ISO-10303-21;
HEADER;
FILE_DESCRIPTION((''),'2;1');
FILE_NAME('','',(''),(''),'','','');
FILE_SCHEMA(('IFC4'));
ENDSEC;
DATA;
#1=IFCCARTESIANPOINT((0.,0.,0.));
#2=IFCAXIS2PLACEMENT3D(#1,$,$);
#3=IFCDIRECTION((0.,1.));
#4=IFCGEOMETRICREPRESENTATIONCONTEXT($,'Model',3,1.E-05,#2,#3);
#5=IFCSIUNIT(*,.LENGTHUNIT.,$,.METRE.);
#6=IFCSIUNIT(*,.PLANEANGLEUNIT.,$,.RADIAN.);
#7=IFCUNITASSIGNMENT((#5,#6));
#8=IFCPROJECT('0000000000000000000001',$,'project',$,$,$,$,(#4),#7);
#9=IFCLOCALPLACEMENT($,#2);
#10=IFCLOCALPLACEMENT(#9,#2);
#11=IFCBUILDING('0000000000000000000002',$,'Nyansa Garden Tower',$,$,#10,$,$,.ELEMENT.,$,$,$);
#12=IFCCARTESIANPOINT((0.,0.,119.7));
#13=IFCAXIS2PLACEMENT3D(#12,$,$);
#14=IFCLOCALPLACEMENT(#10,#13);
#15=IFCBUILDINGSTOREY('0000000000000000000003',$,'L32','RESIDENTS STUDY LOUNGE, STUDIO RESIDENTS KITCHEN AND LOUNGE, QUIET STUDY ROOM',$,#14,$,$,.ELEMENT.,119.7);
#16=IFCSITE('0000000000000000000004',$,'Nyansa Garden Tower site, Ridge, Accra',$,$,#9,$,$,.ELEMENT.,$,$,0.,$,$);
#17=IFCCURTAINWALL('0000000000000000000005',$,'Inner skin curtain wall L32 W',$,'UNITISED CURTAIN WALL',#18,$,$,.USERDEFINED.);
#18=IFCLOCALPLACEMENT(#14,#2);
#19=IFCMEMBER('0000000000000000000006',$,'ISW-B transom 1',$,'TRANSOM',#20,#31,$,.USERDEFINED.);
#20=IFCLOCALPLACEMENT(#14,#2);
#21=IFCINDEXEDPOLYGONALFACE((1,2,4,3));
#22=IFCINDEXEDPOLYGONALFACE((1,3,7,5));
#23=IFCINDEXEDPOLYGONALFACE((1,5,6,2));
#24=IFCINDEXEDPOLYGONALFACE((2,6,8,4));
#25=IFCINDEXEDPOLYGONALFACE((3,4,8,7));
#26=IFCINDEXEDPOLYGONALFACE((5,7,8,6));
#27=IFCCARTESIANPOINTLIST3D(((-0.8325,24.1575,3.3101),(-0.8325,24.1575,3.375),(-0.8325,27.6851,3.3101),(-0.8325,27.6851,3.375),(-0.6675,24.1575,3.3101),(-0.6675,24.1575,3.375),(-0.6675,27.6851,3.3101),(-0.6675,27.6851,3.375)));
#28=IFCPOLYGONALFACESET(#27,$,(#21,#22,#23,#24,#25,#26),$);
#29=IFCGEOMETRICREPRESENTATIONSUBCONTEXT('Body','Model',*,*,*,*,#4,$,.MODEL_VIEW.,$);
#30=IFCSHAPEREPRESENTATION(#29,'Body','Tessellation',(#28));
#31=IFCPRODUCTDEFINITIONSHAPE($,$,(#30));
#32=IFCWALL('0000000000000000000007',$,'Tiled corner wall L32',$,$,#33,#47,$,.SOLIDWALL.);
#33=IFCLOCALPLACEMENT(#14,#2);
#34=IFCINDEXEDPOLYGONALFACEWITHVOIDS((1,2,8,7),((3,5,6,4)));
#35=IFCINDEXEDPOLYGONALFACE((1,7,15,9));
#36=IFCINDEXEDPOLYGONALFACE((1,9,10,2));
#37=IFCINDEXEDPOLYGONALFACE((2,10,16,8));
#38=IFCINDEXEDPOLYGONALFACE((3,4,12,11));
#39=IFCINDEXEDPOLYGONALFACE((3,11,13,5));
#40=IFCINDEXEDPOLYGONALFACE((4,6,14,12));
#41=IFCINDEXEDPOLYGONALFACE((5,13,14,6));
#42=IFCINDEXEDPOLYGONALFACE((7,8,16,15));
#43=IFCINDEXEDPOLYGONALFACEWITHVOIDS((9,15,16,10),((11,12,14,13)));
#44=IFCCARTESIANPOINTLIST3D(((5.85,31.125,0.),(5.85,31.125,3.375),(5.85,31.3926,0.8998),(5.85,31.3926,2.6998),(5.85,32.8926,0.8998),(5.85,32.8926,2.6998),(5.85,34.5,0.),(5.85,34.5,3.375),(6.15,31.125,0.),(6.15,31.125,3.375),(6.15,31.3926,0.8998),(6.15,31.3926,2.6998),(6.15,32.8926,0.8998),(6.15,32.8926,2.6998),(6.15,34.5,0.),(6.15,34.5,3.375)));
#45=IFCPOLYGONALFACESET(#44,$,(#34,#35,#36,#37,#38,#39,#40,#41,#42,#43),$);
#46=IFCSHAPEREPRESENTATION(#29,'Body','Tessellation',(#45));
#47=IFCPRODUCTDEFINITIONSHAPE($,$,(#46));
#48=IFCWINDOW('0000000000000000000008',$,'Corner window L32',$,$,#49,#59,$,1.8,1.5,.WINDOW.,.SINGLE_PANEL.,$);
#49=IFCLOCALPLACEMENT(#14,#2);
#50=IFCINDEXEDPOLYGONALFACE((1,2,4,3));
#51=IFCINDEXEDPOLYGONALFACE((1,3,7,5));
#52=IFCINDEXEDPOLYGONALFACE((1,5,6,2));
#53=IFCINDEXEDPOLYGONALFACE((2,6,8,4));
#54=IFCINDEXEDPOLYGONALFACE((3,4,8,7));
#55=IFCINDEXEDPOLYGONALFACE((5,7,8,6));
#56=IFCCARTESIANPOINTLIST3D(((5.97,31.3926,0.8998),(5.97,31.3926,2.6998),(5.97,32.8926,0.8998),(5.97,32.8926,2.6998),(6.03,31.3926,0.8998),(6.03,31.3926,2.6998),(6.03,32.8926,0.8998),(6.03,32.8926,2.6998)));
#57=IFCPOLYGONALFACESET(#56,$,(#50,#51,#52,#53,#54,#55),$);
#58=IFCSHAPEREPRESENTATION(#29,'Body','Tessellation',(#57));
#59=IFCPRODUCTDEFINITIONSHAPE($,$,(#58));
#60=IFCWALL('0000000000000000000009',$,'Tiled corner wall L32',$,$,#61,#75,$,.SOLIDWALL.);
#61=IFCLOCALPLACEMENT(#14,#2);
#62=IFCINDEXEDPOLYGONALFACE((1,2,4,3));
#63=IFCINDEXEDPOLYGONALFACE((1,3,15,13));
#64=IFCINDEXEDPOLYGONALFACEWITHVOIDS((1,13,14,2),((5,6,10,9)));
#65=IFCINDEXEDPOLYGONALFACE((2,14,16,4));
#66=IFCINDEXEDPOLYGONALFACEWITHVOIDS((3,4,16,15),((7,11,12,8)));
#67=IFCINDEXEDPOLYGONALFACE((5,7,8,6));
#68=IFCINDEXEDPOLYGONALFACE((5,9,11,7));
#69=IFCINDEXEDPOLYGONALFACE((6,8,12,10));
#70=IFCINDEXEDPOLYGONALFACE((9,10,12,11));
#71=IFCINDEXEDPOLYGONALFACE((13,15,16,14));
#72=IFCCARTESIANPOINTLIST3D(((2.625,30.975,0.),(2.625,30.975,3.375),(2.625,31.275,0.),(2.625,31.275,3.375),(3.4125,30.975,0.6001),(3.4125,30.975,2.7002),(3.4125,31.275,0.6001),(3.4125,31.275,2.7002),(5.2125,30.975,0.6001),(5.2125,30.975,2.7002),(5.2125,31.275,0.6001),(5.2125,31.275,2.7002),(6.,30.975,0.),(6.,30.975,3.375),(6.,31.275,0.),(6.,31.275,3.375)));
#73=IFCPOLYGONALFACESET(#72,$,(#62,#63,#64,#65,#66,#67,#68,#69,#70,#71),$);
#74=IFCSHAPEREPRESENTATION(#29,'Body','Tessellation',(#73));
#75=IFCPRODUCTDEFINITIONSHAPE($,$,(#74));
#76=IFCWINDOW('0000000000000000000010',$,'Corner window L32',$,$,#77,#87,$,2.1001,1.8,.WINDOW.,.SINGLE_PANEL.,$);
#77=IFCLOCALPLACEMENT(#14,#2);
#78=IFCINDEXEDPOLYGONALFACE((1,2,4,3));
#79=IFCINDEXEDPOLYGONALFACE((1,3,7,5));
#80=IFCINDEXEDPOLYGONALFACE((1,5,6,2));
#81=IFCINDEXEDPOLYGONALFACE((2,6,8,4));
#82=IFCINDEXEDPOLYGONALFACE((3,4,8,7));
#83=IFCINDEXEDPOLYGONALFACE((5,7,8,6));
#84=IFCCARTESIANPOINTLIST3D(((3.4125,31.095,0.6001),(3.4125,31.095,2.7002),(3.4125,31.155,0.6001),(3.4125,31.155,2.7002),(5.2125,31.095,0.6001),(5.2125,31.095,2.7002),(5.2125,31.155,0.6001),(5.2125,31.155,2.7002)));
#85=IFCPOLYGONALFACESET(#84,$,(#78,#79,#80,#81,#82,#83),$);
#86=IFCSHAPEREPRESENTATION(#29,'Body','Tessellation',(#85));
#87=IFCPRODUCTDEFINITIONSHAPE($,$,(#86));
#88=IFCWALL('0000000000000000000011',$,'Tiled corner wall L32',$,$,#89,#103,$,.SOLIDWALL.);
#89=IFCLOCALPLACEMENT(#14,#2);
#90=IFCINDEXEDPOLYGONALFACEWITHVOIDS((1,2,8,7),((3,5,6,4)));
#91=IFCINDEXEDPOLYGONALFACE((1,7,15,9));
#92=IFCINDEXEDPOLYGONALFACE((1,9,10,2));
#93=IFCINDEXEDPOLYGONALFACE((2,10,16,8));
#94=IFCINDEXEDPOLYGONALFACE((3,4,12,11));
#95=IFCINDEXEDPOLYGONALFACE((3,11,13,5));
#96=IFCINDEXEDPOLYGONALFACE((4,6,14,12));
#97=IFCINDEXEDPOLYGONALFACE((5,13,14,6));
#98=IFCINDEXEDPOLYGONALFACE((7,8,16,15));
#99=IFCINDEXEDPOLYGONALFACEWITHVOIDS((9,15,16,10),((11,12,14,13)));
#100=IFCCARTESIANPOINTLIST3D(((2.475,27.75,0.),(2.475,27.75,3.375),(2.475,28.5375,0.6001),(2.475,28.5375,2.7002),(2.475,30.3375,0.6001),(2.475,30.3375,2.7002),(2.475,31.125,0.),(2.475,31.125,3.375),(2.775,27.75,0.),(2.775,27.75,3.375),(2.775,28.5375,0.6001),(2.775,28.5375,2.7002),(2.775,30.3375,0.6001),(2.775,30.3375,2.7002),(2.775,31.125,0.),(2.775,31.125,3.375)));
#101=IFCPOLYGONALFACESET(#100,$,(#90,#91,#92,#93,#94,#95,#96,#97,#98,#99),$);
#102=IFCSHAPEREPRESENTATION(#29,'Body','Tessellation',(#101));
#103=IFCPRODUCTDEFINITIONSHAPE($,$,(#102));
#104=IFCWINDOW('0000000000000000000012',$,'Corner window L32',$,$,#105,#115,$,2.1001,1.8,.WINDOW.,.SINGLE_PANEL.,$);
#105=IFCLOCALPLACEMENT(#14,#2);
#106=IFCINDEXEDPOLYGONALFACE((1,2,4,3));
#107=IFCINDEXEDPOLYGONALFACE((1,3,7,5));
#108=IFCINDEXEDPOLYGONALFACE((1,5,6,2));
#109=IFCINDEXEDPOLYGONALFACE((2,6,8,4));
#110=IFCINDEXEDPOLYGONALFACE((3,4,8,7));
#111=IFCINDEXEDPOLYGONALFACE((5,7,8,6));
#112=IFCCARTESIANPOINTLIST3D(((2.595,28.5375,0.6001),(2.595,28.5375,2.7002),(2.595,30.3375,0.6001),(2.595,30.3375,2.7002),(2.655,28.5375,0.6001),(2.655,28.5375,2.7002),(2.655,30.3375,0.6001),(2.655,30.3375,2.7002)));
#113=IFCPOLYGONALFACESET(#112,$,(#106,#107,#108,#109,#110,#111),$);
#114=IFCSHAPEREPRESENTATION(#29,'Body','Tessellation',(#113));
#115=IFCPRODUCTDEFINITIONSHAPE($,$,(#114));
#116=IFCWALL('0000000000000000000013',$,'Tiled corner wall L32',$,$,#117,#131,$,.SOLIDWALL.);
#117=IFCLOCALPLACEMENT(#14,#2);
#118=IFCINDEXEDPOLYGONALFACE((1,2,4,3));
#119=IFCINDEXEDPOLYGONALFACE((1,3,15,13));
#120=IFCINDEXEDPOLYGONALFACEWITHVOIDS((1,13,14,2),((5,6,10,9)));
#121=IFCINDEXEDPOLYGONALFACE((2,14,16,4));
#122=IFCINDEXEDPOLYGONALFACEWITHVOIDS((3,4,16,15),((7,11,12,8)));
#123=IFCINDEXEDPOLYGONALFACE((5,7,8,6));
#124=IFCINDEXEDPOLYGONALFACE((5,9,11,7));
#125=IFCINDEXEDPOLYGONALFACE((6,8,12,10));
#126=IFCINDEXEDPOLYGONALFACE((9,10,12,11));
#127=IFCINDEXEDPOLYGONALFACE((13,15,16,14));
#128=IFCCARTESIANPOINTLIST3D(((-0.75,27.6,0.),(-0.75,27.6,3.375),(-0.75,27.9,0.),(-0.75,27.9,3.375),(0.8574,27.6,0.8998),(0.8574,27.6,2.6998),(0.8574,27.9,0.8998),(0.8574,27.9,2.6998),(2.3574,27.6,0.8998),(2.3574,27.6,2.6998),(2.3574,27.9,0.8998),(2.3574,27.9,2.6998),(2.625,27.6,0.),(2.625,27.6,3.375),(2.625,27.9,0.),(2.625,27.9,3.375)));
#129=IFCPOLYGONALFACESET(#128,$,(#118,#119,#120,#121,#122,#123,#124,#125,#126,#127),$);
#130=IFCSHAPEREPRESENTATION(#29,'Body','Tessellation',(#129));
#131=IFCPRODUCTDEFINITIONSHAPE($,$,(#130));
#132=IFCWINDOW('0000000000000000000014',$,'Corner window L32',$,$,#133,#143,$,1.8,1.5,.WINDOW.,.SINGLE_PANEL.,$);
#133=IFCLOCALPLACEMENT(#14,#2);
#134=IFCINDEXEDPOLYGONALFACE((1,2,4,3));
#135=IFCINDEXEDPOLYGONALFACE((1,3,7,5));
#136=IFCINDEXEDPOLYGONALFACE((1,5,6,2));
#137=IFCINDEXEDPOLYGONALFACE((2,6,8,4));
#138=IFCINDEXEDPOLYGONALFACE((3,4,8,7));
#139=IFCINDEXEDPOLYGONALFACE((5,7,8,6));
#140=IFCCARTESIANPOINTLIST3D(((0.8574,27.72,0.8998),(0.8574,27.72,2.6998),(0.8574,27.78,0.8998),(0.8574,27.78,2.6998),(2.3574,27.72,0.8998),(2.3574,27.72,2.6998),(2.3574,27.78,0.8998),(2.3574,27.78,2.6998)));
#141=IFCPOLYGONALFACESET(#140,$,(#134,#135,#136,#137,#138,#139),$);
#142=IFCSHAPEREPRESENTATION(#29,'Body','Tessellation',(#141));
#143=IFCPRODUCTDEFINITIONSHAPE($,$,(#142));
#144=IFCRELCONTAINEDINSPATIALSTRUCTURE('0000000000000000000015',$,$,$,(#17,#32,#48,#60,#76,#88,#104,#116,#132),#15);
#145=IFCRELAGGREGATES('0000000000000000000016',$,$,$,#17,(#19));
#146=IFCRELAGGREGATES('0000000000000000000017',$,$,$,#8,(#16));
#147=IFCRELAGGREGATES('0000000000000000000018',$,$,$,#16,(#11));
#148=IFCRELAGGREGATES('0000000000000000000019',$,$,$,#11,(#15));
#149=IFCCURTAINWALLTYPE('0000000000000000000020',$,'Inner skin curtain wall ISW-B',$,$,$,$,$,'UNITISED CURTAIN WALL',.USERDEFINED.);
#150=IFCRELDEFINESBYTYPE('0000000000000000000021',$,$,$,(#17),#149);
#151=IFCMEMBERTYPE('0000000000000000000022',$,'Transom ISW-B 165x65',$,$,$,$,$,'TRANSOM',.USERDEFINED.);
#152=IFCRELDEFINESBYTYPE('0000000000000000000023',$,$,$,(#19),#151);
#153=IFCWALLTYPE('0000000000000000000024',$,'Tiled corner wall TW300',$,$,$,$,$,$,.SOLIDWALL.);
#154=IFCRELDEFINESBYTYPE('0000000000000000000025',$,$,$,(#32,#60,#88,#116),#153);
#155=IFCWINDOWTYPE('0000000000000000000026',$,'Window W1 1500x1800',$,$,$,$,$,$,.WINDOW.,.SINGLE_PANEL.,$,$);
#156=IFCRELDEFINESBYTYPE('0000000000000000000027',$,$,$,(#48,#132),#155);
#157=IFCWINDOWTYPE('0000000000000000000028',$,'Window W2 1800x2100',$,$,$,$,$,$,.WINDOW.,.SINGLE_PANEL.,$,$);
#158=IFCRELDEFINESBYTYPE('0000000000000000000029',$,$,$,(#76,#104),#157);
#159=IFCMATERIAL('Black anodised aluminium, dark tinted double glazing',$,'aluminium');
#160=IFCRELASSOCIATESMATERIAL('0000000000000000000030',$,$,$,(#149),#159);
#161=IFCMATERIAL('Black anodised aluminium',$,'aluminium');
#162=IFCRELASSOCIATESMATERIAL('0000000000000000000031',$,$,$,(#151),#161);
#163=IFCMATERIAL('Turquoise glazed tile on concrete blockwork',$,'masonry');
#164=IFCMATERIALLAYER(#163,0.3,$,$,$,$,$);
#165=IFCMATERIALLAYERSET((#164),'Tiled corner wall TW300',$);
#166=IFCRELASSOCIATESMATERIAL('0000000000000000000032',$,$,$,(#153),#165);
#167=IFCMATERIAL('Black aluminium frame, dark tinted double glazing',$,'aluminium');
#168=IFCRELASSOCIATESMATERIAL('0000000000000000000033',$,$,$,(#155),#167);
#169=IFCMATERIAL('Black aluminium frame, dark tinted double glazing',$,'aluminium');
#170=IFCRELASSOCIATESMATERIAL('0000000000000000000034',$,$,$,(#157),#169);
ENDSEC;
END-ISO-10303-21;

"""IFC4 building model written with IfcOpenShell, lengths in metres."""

from ifc_helpers import new_model, si_unit, direction, frame, frame_2d, origin, origin_2d, place, context, subcontext, project, spatial, rectangle, extrude, material, layer, layer_set, material_profile, profile_set, type_object, element, fill, aggregate, save


model = new_model("IFC4")

# Units and contexts
model_context = context("Model", 3, precision=1e-05, world=origin(), true_north=direction((0.0, 1.0)))
body_context = subcontext(model_context, "Body", "Model", "MODEL_VIEW")
ifc_project = project(units=[si_unit("LENGTHUNIT", "METRE"), si_unit("PLANEANGLEUNIT", "RADIAN")], contexts=[model_context])

# Site, building, storey
site_placement = place(None, origin())
site = spatial("IfcSite", under=ifc_project, at=site_placement, Name="Nyansa Garden Tower site, Ridge, Accra", CompositionType="ELEMENT", RefElevation=0.0)
building_placement = place(site_placement, origin())
building = spatial("IfcBuilding", under=site, at=building_placement, Name="Nyansa Garden Tower", CompositionType="ELEMENT")
storey_placement = place(building_placement, frame((0.0, 0.0, 119.7)))
storey = spatial("IfcBuildingStorey", under=building, at=storey_placement, Name="L32", Description="RESIDENTS STUDY LOUNGE, STUDIO RESIDENTS KITCHEN AND LOUNGE, QUIET STUDY ROOM", CompositionType="ELEMENT", Elevation=119.7)

# Curtain wall
ifc_material_1 = material(Name="Black anodised aluminium, dark tinted double glazing", Category="aluminium")
curtain_wall_type = type_object("IfcCurtainWallType", Name="Inner skin curtain wall ISW-B", ElementType="UNITISED CURTAIN WALL", PredefinedType="USERDEFINED", material=ifc_material_1)
curtain_wall_1_placement = place(storey_placement, origin())
curtain_wall_1 = element("IfcCurtainWall", 1, at=curtain_wall_1_placement, inside=storey, type_object=curtain_wall_type, Name="Inner skin curtain wall L32 W", ObjectType="UNITISED CURTAIN WALL", PredefinedType="USERDEFINED")

# Member
ifc_material_2 = material(Name="Black anodised aluminium", Category="aluminium")
ifc_material_profile_1 = material_profile(ifc_material_2, rectangle(XDim=0.165, YDim=0.0649, at=origin_2d()), Name="Transom 165x65")
ifc_profile_set_1 = profile_set([ifc_material_profile_1], Name="Black anodised aluminium")
member_type_1 = type_object("IfcMemberType", Name="Transom ISW-B 165x65", ElementType="TRANSOM", PredefinedType="USERDEFINED", material=ifc_profile_set_1)
member_1_placement = place(storey_placement, frame((-0.75, 27.6851, 3.3425), z_axis=(0.0, -1.0, 0.0), x_axis=(1.0, 0.0, 0.0)))
member_1 = element("IfcMember", 2, at=member_1_placement, type_object=member_type_1, Name="ISW-B transom 1", ObjectType="TRANSOM", PredefinedType="USERDEFINED", context=body_context, shape_type="SweptSolid", body=[
    extrude(rectangle(XDim=0.165, YDim=0.0649, at=origin_2d()), origin(), (0.0, 0.0, 1.0), 3.5276),
])
aggregate(curtain_wall_1, [member_1])

# Walls, openings, windows
ifc_material_3 = material(Name="Turquoise glazed tile on concrete blockwork", Category="masonry")
ifc_layer = layer(ifc_material_3, 0.3)
ifc_layer_set = layer_set([ifc_layer], Name="Tiled corner wall TW300")
wall_type = type_object("IfcWallType", Name="Tiled corner wall TW300", PredefinedType="SOLIDWALL", material=ifc_layer_set)
wall_1_placement = place(storey_placement, frame((6.0, 34.5, 0.0), z_axis=(0.0, 0.0, 1.0), x_axis=(0.0, -1.0, 0.0)))
wall_1 = element("IfcWall", 3, at=wall_1_placement, inside=storey, type_object=wall_type, Name="Tiled corner wall L32", PredefinedType="SOLIDWALL", context=body_context, shape_type="SweptSolid", body=[
    extrude(rectangle(XDim=3.375, YDim=0.3, at=frame_2d((1.6875, 0.0))), origin(), (0.0, 0.0, 1.0), 3.375),
])
opening_1_placement = place(wall_1_placement, frame((1.6074, 0.0, 0.8999)))
opening_1 = element("IfcOpeningElement", 4, at=opening_1_placement, cuts=wall_1, PredefinedType="OPENING", context=body_context, shape_type="SweptSolid", body=[
    extrude(rectangle(XDim=1.5, YDim=1.8, at=frame_2d((0.75, 0.8999))), frame((0.0, 0.1599, 0.0), z_axis=(0.0, -1.0, 0.0), x_axis=(1.0, 0.0, 0.0)), (0.0, 0.0, 1.0), 0.3201),
])
ifc_material_4 = material(Name="Black aluminium frame, dark tinted double glazing", Category="aluminium")
window_type_1 = type_object("IfcWindowType", Name="Window W1 1500x1800", PartitioningType="SINGLE_PANEL", PredefinedType="WINDOW", material=ifc_material_4)
window_1_placement = place(opening_1_placement, origin())
window_1 = element("IfcWindow", 5, at=window_1_placement, inside=storey, type_object=window_type_1, Name="Corner window L32", OverallHeight=1.8, OverallWidth=1.5, PartitioningType="SINGLE_PANEL", PredefinedType="WINDOW", context=body_context, shape_type="SweptSolid", body=[
    extrude(rectangle(XDim=1.5, YDim=1.8, at=frame_2d((0.75, 0.8999))), frame((0.0, 0.03, 0.0), z_axis=(0.0, -1.0, 0.0), x_axis=(1.0, 0.0, 0.0)), (0.0, 0.0, 1.0), 0.0601),
])
fill(opening_1, window_1)
wall_2_placement = place(storey_placement, frame((6.0, 31.125, 0.0), z_axis=(0.0, 0.0, 1.0), x_axis=(-1.0, 0.0, 0.0)))
wall_2 = element("IfcWall", 6, at=wall_2_placement, inside=storey, type_object=wall_type, Name="Tiled corner wall L32", PredefinedType="SOLIDWALL", context=body_context, shape_type="SweptSolid", body=[
    extrude(rectangle(XDim=3.375, YDim=0.3, at=frame_2d((1.6875, 0.0))), origin(), (0.0, 0.0, 1.0), 3.375),
])
opening_2_placement = place(wall_2_placement, frame((0.7876, 0.0, 0.6001)))
opening_2 = element("IfcOpeningElement", 7, at=opening_2_placement, cuts=wall_2, PredefinedType="OPENING", context=body_context, shape_type="SweptSolid", body=[
    extrude(rectangle(XDim=1.8, YDim=2.1001, at=frame_2d((0.8999, 1.05))), frame((0.0, 0.1599, 0.0), z_axis=(0.0, -1.0, 0.0), x_axis=(1.0, 0.0, 0.0)), (0.0, 0.0, 1.0), 0.3201),
])
ifc_material_5 = material(Name="Black aluminium frame, dark tinted double glazing", Category="aluminium")
window_type_2 = type_object("IfcWindowType", Name="Window W2 1800x2100", PartitioningType="SINGLE_PANEL", PredefinedType="WINDOW", material=ifc_material_5)
window_2_placement = place(opening_2_placement, origin())
window_2 = element("IfcWindow", 8, at=window_2_placement, inside=storey, type_object=window_type_2, Name="Corner window L32", OverallHeight=2.1001, OverallWidth=1.8, PartitioningType="SINGLE_PANEL", PredefinedType="WINDOW", context=body_context, shape_type="SweptSolid", body=[
    extrude(rectangle(XDim=1.8, YDim=2.1001, at=frame_2d((0.8999, 1.05))), frame((0.0, 0.03, 0.0), z_axis=(0.0, -1.0, 0.0), x_axis=(1.0, 0.0, 0.0)), (0.0, 0.0, 1.0), 0.0601),
])
fill(opening_2, window_2)
wall_3_placement = place(storey_placement, frame((2.625, 31.125, 0.0), z_axis=(0.0, 0.0, 1.0), x_axis=(0.0, -1.0, 0.0)))
wall_3 = element("IfcWall", 9, at=wall_3_placement, inside=storey, type_object=wall_type, Name="Tiled corner wall L32", PredefinedType="SOLIDWALL", context=body_context, shape_type="SweptSolid", body=[
    extrude(rectangle(XDim=3.375, YDim=0.3, at=frame_2d((1.6875, 0.0))), origin(), (0.0, 0.0, 1.0), 3.375),
])
opening_3_placement = place(wall_3_placement, frame((0.7876, 0.0, 0.6001)))
opening_3 = element("IfcOpeningElement", 10, at=opening_3_placement, cuts=wall_3, PredefinedType="OPENING", context=body_context, shape_type="SweptSolid", body=[
    extrude(rectangle(XDim=1.8, YDim=2.1001, at=frame_2d((0.8999, 1.05))), frame((0.0, 0.1599, 0.0), z_axis=(0.0, -1.0, 0.0), x_axis=(1.0, 0.0, 0.0)), (0.0, 0.0, 1.0), 0.3201),
])
window_3_placement = place(opening_3_placement, origin())
window_3 = element("IfcWindow", 11, at=window_3_placement, inside=storey, type_object=window_type_2, Name="Corner window L32", OverallHeight=2.1001, OverallWidth=1.8, PartitioningType="SINGLE_PANEL", PredefinedType="WINDOW", context=body_context, shape_type="SweptSolid", body=[
    extrude(rectangle(XDim=1.8, YDim=2.1001, at=frame_2d((0.8999, 1.05))), frame((0.0, 0.03, 0.0), z_axis=(0.0, -1.0, 0.0), x_axis=(1.0, 0.0, 0.0)), (0.0, 0.0, 1.0), 0.0601),
])
fill(opening_3, window_3)
wall_4_placement = place(storey_placement, frame((2.625, 27.75, 0.0), z_axis=(0.0, 0.0, 1.0), x_axis=(-1.0, 0.0, 0.0)))
wall_4 = element("IfcWall", 12, at=wall_4_placement, inside=storey, type_object=wall_type, Name="Tiled corner wall L32", PredefinedType="SOLIDWALL", context=body_context, shape_type="SweptSolid", body=[
    extrude(rectangle(XDim=3.375, YDim=0.3, at=frame_2d((1.6875, 0.0))), origin(), (0.0, 0.0, 1.0), 3.375),
])
opening_4_placement = place(wall_4_placement, frame((0.2676, 0.0, 0.8999)))
opening_4 = element("IfcOpeningElement", 13, at=opening_4_placement, cuts=wall_4, PredefinedType="OPENING", context=body_context, shape_type="SweptSolid", body=[
    extrude(rectangle(XDim=1.5, YDim=1.8, at=frame_2d((0.75, 0.8999))), frame((0.0, 0.1599, 0.0), z_axis=(0.0, -1.0, 0.0), x_axis=(1.0, 0.0, 0.0)), (0.0, 0.0, 1.0), 0.3201),
])
window_4_placement = place(opening_4_placement, origin())
window_4 = element("IfcWindow", 14, at=window_4_placement, inside=storey, type_object=window_type_1, Name="Corner window L32", OverallHeight=1.8, OverallWidth=1.5, PartitioningType="SINGLE_PANEL", PredefinedType="WINDOW", context=body_context, shape_type="SweptSolid", body=[
    extrude(rectangle(XDim=1.5, YDim=1.8, at=frame_2d((0.75, 0.8999))), frame((0.0, 0.03, 0.0), z_axis=(0.0, -1.0, 0.0), x_axis=(1.0, 0.0, 0.0)), (0.0, 0.0, 1.0), 0.0601),
])
fill(opening_4, window_4)

save(model, "model.ifc")
